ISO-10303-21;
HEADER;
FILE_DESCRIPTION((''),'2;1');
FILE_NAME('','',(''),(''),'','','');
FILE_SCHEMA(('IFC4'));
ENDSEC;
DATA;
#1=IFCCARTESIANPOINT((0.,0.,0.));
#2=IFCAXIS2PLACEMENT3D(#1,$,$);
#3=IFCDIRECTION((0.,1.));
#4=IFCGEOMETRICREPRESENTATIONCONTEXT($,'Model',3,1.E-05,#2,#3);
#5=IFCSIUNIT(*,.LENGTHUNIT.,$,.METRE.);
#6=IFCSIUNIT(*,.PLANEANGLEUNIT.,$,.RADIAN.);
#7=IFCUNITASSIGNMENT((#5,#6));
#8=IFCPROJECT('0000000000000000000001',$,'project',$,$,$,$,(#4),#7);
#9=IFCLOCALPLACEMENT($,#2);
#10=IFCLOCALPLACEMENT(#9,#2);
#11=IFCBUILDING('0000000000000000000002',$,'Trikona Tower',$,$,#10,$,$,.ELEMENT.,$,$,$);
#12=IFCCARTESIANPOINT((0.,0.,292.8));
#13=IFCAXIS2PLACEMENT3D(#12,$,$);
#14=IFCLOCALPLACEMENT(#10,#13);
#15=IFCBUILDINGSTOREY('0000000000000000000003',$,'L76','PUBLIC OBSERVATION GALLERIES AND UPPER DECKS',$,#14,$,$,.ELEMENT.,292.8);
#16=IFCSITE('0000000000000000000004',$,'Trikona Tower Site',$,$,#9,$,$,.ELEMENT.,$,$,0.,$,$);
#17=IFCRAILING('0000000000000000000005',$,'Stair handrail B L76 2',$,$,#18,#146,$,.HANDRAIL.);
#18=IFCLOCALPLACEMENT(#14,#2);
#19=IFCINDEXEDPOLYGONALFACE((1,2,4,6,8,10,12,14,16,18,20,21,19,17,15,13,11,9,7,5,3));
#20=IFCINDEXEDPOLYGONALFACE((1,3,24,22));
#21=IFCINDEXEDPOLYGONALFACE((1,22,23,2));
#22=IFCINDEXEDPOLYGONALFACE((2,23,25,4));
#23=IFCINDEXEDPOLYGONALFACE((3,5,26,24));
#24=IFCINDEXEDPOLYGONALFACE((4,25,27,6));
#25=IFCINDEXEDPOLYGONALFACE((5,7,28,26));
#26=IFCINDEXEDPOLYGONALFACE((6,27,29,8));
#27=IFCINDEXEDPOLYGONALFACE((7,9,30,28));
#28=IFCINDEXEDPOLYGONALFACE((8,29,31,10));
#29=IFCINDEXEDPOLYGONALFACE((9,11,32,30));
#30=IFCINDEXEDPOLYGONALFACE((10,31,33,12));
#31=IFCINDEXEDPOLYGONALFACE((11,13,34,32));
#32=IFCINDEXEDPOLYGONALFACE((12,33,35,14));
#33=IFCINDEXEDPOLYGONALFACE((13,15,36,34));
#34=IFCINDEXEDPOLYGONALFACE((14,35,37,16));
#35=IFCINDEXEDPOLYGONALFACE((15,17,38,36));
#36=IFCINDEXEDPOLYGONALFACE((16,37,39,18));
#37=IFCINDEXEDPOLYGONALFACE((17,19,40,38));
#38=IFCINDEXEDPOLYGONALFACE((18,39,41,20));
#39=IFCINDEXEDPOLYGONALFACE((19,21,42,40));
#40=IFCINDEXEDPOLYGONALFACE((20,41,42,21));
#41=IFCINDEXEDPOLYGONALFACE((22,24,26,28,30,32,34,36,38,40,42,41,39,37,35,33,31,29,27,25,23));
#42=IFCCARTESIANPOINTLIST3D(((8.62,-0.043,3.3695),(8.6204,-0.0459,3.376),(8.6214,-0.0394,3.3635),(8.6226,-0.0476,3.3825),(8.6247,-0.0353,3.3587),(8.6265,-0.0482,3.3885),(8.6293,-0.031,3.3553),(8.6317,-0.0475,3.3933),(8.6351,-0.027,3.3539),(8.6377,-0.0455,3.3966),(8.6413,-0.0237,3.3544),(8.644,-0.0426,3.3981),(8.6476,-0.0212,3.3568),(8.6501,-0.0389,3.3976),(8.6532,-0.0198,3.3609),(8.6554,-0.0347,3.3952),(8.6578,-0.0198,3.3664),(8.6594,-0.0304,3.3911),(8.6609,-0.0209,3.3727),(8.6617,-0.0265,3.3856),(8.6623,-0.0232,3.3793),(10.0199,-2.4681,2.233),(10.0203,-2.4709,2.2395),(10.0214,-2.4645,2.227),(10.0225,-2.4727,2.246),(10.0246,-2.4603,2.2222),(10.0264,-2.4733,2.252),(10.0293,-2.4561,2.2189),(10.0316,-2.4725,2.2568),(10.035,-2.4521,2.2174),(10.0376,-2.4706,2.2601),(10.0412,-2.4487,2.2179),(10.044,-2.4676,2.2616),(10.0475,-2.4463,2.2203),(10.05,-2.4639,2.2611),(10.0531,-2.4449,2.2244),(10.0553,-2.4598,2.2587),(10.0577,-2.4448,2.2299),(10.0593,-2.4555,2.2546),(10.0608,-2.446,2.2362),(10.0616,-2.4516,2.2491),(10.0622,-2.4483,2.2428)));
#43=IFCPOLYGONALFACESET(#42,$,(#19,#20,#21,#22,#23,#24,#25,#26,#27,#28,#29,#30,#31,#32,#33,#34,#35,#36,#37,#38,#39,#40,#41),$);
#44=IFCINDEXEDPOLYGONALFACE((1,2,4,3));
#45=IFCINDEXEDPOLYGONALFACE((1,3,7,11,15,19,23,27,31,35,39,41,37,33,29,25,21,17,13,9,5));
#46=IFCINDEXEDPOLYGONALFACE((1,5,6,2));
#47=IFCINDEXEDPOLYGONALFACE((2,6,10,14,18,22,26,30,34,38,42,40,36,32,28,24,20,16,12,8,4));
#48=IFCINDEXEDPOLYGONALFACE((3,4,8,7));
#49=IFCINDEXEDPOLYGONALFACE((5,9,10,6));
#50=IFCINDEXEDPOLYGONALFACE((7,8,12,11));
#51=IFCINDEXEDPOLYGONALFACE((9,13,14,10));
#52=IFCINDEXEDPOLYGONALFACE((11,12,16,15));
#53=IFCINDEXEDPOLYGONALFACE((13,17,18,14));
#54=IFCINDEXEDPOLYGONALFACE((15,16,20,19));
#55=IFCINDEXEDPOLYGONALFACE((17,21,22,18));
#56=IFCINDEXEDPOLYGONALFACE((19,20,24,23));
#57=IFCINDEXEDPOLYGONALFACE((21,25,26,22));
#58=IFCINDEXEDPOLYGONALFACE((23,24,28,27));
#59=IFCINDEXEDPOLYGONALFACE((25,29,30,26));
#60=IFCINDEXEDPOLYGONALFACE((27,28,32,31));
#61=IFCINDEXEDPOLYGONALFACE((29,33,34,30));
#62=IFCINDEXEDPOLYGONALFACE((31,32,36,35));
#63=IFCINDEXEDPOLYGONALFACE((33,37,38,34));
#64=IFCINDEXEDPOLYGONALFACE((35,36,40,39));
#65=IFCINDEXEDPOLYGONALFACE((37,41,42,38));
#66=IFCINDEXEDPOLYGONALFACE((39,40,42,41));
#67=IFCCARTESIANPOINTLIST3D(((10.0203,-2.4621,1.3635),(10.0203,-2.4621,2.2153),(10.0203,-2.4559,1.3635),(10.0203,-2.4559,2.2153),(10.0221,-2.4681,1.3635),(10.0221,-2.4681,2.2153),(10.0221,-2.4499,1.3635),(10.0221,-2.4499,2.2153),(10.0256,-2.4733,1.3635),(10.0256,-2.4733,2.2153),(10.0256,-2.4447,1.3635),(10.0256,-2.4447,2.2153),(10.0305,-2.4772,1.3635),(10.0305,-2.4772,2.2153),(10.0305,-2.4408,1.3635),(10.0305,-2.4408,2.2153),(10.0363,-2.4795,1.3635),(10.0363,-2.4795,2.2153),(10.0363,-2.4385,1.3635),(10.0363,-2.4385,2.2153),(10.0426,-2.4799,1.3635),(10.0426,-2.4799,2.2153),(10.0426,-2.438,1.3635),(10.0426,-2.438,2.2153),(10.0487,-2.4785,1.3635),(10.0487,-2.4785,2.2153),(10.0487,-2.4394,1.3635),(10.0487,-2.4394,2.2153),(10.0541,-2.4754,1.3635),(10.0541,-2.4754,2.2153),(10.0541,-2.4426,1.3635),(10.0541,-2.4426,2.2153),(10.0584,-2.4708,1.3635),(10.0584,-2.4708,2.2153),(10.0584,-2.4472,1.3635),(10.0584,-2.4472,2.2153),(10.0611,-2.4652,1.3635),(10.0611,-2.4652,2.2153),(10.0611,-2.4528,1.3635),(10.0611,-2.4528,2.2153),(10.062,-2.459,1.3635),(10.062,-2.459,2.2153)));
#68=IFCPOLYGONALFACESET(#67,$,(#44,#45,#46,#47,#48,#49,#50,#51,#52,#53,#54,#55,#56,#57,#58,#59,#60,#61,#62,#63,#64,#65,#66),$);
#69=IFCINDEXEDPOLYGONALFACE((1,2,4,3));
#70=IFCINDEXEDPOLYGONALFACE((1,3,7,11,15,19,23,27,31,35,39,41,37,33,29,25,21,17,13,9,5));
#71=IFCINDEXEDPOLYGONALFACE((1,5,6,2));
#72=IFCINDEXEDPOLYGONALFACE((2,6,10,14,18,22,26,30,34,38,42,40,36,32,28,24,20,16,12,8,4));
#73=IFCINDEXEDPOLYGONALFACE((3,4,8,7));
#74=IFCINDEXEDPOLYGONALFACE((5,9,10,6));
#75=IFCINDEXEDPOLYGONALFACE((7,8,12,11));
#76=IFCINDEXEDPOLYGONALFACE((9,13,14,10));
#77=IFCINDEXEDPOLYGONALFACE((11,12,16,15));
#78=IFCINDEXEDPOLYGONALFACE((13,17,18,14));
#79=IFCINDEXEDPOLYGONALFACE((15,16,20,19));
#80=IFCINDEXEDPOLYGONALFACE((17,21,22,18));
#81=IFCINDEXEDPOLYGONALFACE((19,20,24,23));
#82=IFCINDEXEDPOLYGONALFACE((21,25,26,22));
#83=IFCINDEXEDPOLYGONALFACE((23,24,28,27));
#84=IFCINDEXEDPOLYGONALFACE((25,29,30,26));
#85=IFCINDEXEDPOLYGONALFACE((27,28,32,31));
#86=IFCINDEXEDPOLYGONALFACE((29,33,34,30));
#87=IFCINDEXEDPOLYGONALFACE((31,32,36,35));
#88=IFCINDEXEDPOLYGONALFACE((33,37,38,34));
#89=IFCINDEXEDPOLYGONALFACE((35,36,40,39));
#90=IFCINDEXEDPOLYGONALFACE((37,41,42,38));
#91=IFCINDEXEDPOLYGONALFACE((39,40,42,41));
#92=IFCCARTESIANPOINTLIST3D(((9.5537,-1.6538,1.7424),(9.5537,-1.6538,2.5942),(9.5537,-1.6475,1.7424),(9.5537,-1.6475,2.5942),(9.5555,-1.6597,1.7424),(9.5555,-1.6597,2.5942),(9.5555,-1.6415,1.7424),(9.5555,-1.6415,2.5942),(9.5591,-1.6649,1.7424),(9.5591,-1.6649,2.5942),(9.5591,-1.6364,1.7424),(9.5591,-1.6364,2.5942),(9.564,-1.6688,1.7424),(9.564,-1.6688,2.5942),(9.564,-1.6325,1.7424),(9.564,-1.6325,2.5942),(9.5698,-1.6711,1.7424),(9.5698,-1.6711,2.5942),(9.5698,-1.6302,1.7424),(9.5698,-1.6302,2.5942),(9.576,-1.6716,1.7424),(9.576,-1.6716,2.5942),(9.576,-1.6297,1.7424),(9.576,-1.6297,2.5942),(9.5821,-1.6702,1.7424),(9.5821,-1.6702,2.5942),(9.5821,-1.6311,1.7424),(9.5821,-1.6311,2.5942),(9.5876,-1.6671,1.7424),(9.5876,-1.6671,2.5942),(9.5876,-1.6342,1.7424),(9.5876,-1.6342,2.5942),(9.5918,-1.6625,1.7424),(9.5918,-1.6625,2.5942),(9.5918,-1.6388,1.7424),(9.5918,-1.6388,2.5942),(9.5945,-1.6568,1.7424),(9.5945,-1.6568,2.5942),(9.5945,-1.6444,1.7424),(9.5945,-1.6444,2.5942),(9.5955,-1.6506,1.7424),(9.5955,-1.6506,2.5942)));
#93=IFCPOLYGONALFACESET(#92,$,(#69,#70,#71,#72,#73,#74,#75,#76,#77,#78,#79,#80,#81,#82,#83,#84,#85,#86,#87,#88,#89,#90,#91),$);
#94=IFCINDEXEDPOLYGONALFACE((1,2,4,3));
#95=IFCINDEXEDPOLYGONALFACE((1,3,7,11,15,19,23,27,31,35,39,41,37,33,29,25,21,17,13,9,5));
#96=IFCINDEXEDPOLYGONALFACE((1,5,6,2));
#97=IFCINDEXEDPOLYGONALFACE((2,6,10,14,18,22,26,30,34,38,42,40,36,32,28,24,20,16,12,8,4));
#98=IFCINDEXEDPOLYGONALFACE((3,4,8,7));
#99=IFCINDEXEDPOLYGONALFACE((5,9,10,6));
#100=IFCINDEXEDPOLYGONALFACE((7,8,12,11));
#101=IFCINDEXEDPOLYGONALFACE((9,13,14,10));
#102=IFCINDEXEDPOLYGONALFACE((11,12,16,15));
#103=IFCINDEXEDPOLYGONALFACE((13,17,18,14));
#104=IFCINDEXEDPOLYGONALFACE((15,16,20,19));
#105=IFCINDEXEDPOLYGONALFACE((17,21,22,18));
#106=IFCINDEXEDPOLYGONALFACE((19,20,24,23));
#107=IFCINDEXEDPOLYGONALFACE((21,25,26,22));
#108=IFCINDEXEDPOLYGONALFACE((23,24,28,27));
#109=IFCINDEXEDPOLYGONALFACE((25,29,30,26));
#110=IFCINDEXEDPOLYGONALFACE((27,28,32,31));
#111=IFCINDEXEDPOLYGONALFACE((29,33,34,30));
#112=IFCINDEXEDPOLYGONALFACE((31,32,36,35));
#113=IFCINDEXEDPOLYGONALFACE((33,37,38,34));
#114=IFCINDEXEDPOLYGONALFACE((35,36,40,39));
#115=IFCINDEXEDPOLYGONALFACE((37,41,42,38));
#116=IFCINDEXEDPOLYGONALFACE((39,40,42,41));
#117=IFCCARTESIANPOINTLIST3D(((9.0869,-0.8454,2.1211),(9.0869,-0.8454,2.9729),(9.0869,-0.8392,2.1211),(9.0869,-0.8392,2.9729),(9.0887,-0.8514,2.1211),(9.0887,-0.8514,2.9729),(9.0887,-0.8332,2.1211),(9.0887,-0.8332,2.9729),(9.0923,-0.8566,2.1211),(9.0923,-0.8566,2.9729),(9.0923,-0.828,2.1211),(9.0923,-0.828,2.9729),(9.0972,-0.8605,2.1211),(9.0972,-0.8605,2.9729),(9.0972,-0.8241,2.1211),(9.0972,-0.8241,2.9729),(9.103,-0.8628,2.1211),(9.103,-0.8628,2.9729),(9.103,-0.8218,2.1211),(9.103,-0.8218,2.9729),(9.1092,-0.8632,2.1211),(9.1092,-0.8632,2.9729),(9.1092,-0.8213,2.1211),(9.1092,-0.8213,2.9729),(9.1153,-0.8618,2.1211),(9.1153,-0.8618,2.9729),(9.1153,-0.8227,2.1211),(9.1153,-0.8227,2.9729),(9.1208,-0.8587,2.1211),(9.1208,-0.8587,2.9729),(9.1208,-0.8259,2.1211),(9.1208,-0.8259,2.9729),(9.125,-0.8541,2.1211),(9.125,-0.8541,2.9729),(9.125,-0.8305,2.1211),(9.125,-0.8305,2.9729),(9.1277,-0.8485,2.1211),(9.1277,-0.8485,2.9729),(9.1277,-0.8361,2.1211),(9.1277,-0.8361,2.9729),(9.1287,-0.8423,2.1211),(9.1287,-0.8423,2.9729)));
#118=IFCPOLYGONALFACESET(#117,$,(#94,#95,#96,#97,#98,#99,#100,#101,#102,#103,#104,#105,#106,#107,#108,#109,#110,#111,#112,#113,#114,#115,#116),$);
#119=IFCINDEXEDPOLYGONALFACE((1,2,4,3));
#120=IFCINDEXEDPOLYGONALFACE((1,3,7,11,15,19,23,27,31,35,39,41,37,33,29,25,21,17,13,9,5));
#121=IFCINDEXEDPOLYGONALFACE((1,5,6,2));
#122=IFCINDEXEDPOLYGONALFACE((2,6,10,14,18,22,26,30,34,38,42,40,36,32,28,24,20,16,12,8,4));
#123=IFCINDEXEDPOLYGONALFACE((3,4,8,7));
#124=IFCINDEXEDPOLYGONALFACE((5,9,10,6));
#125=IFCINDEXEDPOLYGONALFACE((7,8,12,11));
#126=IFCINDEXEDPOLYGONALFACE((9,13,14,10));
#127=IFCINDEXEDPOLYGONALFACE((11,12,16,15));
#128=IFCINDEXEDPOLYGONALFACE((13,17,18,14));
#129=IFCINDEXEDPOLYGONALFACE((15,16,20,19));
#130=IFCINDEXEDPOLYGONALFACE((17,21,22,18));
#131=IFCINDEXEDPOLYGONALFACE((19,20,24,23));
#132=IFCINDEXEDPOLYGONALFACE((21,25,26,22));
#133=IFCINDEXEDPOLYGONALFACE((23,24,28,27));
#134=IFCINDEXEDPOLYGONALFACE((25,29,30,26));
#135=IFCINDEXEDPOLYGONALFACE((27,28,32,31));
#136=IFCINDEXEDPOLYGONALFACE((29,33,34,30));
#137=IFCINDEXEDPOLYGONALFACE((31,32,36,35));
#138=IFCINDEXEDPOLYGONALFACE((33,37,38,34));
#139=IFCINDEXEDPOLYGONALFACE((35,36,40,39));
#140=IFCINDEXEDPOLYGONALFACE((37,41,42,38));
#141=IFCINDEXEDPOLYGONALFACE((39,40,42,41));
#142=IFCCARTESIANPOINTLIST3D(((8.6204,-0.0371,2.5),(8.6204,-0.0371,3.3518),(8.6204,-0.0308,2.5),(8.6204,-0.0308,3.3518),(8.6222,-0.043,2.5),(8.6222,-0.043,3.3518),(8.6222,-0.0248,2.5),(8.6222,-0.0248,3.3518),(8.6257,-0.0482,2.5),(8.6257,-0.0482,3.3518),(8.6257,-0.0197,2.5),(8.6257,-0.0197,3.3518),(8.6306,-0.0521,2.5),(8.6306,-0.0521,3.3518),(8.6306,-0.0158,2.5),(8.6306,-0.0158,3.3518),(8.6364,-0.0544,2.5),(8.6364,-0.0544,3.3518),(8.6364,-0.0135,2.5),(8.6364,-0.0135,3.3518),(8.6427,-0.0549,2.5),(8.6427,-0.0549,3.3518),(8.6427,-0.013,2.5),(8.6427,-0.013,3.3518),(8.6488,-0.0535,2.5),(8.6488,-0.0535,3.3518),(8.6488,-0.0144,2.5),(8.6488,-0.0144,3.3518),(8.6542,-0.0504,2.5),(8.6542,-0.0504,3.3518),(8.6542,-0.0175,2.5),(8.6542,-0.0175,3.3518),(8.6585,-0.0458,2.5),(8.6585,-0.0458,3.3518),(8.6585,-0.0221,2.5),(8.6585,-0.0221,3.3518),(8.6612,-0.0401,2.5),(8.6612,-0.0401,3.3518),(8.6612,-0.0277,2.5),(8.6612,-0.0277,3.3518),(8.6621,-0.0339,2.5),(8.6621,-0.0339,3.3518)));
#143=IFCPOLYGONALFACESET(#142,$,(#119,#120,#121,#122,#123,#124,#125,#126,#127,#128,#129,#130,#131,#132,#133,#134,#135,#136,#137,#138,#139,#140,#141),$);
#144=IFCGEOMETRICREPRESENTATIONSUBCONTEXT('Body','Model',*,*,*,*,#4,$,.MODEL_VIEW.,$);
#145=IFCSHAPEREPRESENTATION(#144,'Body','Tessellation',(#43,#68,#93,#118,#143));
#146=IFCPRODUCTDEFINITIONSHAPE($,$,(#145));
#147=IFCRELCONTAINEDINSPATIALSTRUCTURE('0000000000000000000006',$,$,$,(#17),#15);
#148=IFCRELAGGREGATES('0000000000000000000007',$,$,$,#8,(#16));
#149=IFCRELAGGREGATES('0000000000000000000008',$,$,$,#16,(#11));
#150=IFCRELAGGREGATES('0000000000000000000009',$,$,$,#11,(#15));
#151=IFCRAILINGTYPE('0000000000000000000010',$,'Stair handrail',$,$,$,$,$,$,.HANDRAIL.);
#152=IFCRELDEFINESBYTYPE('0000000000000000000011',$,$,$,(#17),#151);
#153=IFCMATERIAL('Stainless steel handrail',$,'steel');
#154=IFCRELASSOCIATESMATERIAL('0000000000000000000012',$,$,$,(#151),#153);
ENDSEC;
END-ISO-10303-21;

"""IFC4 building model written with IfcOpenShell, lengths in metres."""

from ifc_helpers import new_model, si_unit, direction, frame, origin, origin_2d, place, context, subcontext, project, spatial, circle, extrude, material, type_object, element, save


model = new_model("IFC4")

# Units and contexts
model_context = context("Model", 3, precision=1e-05, world=origin(), true_north=direction((0.0, 1.0)))
body_context = subcontext(model_context, "Body", "Model", "MODEL_VIEW")
ifc_project = project(units=[si_unit("LENGTHUNIT", "METRE"), si_unit("PLANEANGLEUNIT", "RADIAN")], contexts=[model_context])

# Site, building, storey
site_placement = place(None, origin())
site = spatial("IfcSite", under=ifc_project, at=site_placement, Name="Trikona Tower Site", CompositionType="ELEMENT", RefElevation=0.0)
building_placement = place(site_placement, origin())
building = spatial("IfcBuilding", under=site, at=building_placement, Name="Trikona Tower", CompositionType="ELEMENT")
storey_placement = place(building_placement, frame((0.0, 0.0, 292.8)))
storey = spatial("IfcBuildingStorey", under=building, at=storey_placement, Name="L76", Description="PUBLIC OBSERVATION GALLERIES AND UPPER DECKS", CompositionType="ELEMENT", Elevation=292.8)

# Railing
ifc_material_1 = material(Name="Stainless steel handrail", Category="steel")
railing_type = type_object("IfcRailingType", Name="Stair handrail", PredefinedType="HANDRAIL", material=ifc_material_1)
for number, where, name in (
    (1, (10.041, -2.459, 1.3635), "Stair handrail B L76 2"),
):
    element("IfcRailing", number, at=place(storey_placement, frame(where)), inside=storey, type_object=railing_type, Name=name, PredefinedType="HANDRAIL", context=body_context, shape_type="SweptSolid", body=[
        extrude(circle(Radius=0.0239, at=origin_2d()), frame((0.0, 0.0, 0.876), z_axis=(-0.463245, 0.802479, 0.376074), x_axis=(-0.866056, -0.499946, 0.0)), (0.0, 0.0, 1.0), 3.022),
        extrude(circle(Radius=0.021, at=origin_2d()), origin(), (0.0, 0.0, 1.0), 0.8518),
        extrude(circle(Radius=0.021, at=origin_2d()), frame((-0.4666, 0.8083, 0.3789)), (0.0, 0.0, 1.0), 0.8518),
        extrude(circle(Radius=0.021, at=origin_2d()), frame((-0.9333, 1.6167, 0.7576)), (0.0, 0.0, 1.0), 0.8518),
        extrude(circle(Radius=0.021, at=origin_2d()), frame((-1.3999, 2.425, 1.1365)), (0.0, 0.0, 1.0), 0.8518),
    ])

save(model, "model.ifc")
